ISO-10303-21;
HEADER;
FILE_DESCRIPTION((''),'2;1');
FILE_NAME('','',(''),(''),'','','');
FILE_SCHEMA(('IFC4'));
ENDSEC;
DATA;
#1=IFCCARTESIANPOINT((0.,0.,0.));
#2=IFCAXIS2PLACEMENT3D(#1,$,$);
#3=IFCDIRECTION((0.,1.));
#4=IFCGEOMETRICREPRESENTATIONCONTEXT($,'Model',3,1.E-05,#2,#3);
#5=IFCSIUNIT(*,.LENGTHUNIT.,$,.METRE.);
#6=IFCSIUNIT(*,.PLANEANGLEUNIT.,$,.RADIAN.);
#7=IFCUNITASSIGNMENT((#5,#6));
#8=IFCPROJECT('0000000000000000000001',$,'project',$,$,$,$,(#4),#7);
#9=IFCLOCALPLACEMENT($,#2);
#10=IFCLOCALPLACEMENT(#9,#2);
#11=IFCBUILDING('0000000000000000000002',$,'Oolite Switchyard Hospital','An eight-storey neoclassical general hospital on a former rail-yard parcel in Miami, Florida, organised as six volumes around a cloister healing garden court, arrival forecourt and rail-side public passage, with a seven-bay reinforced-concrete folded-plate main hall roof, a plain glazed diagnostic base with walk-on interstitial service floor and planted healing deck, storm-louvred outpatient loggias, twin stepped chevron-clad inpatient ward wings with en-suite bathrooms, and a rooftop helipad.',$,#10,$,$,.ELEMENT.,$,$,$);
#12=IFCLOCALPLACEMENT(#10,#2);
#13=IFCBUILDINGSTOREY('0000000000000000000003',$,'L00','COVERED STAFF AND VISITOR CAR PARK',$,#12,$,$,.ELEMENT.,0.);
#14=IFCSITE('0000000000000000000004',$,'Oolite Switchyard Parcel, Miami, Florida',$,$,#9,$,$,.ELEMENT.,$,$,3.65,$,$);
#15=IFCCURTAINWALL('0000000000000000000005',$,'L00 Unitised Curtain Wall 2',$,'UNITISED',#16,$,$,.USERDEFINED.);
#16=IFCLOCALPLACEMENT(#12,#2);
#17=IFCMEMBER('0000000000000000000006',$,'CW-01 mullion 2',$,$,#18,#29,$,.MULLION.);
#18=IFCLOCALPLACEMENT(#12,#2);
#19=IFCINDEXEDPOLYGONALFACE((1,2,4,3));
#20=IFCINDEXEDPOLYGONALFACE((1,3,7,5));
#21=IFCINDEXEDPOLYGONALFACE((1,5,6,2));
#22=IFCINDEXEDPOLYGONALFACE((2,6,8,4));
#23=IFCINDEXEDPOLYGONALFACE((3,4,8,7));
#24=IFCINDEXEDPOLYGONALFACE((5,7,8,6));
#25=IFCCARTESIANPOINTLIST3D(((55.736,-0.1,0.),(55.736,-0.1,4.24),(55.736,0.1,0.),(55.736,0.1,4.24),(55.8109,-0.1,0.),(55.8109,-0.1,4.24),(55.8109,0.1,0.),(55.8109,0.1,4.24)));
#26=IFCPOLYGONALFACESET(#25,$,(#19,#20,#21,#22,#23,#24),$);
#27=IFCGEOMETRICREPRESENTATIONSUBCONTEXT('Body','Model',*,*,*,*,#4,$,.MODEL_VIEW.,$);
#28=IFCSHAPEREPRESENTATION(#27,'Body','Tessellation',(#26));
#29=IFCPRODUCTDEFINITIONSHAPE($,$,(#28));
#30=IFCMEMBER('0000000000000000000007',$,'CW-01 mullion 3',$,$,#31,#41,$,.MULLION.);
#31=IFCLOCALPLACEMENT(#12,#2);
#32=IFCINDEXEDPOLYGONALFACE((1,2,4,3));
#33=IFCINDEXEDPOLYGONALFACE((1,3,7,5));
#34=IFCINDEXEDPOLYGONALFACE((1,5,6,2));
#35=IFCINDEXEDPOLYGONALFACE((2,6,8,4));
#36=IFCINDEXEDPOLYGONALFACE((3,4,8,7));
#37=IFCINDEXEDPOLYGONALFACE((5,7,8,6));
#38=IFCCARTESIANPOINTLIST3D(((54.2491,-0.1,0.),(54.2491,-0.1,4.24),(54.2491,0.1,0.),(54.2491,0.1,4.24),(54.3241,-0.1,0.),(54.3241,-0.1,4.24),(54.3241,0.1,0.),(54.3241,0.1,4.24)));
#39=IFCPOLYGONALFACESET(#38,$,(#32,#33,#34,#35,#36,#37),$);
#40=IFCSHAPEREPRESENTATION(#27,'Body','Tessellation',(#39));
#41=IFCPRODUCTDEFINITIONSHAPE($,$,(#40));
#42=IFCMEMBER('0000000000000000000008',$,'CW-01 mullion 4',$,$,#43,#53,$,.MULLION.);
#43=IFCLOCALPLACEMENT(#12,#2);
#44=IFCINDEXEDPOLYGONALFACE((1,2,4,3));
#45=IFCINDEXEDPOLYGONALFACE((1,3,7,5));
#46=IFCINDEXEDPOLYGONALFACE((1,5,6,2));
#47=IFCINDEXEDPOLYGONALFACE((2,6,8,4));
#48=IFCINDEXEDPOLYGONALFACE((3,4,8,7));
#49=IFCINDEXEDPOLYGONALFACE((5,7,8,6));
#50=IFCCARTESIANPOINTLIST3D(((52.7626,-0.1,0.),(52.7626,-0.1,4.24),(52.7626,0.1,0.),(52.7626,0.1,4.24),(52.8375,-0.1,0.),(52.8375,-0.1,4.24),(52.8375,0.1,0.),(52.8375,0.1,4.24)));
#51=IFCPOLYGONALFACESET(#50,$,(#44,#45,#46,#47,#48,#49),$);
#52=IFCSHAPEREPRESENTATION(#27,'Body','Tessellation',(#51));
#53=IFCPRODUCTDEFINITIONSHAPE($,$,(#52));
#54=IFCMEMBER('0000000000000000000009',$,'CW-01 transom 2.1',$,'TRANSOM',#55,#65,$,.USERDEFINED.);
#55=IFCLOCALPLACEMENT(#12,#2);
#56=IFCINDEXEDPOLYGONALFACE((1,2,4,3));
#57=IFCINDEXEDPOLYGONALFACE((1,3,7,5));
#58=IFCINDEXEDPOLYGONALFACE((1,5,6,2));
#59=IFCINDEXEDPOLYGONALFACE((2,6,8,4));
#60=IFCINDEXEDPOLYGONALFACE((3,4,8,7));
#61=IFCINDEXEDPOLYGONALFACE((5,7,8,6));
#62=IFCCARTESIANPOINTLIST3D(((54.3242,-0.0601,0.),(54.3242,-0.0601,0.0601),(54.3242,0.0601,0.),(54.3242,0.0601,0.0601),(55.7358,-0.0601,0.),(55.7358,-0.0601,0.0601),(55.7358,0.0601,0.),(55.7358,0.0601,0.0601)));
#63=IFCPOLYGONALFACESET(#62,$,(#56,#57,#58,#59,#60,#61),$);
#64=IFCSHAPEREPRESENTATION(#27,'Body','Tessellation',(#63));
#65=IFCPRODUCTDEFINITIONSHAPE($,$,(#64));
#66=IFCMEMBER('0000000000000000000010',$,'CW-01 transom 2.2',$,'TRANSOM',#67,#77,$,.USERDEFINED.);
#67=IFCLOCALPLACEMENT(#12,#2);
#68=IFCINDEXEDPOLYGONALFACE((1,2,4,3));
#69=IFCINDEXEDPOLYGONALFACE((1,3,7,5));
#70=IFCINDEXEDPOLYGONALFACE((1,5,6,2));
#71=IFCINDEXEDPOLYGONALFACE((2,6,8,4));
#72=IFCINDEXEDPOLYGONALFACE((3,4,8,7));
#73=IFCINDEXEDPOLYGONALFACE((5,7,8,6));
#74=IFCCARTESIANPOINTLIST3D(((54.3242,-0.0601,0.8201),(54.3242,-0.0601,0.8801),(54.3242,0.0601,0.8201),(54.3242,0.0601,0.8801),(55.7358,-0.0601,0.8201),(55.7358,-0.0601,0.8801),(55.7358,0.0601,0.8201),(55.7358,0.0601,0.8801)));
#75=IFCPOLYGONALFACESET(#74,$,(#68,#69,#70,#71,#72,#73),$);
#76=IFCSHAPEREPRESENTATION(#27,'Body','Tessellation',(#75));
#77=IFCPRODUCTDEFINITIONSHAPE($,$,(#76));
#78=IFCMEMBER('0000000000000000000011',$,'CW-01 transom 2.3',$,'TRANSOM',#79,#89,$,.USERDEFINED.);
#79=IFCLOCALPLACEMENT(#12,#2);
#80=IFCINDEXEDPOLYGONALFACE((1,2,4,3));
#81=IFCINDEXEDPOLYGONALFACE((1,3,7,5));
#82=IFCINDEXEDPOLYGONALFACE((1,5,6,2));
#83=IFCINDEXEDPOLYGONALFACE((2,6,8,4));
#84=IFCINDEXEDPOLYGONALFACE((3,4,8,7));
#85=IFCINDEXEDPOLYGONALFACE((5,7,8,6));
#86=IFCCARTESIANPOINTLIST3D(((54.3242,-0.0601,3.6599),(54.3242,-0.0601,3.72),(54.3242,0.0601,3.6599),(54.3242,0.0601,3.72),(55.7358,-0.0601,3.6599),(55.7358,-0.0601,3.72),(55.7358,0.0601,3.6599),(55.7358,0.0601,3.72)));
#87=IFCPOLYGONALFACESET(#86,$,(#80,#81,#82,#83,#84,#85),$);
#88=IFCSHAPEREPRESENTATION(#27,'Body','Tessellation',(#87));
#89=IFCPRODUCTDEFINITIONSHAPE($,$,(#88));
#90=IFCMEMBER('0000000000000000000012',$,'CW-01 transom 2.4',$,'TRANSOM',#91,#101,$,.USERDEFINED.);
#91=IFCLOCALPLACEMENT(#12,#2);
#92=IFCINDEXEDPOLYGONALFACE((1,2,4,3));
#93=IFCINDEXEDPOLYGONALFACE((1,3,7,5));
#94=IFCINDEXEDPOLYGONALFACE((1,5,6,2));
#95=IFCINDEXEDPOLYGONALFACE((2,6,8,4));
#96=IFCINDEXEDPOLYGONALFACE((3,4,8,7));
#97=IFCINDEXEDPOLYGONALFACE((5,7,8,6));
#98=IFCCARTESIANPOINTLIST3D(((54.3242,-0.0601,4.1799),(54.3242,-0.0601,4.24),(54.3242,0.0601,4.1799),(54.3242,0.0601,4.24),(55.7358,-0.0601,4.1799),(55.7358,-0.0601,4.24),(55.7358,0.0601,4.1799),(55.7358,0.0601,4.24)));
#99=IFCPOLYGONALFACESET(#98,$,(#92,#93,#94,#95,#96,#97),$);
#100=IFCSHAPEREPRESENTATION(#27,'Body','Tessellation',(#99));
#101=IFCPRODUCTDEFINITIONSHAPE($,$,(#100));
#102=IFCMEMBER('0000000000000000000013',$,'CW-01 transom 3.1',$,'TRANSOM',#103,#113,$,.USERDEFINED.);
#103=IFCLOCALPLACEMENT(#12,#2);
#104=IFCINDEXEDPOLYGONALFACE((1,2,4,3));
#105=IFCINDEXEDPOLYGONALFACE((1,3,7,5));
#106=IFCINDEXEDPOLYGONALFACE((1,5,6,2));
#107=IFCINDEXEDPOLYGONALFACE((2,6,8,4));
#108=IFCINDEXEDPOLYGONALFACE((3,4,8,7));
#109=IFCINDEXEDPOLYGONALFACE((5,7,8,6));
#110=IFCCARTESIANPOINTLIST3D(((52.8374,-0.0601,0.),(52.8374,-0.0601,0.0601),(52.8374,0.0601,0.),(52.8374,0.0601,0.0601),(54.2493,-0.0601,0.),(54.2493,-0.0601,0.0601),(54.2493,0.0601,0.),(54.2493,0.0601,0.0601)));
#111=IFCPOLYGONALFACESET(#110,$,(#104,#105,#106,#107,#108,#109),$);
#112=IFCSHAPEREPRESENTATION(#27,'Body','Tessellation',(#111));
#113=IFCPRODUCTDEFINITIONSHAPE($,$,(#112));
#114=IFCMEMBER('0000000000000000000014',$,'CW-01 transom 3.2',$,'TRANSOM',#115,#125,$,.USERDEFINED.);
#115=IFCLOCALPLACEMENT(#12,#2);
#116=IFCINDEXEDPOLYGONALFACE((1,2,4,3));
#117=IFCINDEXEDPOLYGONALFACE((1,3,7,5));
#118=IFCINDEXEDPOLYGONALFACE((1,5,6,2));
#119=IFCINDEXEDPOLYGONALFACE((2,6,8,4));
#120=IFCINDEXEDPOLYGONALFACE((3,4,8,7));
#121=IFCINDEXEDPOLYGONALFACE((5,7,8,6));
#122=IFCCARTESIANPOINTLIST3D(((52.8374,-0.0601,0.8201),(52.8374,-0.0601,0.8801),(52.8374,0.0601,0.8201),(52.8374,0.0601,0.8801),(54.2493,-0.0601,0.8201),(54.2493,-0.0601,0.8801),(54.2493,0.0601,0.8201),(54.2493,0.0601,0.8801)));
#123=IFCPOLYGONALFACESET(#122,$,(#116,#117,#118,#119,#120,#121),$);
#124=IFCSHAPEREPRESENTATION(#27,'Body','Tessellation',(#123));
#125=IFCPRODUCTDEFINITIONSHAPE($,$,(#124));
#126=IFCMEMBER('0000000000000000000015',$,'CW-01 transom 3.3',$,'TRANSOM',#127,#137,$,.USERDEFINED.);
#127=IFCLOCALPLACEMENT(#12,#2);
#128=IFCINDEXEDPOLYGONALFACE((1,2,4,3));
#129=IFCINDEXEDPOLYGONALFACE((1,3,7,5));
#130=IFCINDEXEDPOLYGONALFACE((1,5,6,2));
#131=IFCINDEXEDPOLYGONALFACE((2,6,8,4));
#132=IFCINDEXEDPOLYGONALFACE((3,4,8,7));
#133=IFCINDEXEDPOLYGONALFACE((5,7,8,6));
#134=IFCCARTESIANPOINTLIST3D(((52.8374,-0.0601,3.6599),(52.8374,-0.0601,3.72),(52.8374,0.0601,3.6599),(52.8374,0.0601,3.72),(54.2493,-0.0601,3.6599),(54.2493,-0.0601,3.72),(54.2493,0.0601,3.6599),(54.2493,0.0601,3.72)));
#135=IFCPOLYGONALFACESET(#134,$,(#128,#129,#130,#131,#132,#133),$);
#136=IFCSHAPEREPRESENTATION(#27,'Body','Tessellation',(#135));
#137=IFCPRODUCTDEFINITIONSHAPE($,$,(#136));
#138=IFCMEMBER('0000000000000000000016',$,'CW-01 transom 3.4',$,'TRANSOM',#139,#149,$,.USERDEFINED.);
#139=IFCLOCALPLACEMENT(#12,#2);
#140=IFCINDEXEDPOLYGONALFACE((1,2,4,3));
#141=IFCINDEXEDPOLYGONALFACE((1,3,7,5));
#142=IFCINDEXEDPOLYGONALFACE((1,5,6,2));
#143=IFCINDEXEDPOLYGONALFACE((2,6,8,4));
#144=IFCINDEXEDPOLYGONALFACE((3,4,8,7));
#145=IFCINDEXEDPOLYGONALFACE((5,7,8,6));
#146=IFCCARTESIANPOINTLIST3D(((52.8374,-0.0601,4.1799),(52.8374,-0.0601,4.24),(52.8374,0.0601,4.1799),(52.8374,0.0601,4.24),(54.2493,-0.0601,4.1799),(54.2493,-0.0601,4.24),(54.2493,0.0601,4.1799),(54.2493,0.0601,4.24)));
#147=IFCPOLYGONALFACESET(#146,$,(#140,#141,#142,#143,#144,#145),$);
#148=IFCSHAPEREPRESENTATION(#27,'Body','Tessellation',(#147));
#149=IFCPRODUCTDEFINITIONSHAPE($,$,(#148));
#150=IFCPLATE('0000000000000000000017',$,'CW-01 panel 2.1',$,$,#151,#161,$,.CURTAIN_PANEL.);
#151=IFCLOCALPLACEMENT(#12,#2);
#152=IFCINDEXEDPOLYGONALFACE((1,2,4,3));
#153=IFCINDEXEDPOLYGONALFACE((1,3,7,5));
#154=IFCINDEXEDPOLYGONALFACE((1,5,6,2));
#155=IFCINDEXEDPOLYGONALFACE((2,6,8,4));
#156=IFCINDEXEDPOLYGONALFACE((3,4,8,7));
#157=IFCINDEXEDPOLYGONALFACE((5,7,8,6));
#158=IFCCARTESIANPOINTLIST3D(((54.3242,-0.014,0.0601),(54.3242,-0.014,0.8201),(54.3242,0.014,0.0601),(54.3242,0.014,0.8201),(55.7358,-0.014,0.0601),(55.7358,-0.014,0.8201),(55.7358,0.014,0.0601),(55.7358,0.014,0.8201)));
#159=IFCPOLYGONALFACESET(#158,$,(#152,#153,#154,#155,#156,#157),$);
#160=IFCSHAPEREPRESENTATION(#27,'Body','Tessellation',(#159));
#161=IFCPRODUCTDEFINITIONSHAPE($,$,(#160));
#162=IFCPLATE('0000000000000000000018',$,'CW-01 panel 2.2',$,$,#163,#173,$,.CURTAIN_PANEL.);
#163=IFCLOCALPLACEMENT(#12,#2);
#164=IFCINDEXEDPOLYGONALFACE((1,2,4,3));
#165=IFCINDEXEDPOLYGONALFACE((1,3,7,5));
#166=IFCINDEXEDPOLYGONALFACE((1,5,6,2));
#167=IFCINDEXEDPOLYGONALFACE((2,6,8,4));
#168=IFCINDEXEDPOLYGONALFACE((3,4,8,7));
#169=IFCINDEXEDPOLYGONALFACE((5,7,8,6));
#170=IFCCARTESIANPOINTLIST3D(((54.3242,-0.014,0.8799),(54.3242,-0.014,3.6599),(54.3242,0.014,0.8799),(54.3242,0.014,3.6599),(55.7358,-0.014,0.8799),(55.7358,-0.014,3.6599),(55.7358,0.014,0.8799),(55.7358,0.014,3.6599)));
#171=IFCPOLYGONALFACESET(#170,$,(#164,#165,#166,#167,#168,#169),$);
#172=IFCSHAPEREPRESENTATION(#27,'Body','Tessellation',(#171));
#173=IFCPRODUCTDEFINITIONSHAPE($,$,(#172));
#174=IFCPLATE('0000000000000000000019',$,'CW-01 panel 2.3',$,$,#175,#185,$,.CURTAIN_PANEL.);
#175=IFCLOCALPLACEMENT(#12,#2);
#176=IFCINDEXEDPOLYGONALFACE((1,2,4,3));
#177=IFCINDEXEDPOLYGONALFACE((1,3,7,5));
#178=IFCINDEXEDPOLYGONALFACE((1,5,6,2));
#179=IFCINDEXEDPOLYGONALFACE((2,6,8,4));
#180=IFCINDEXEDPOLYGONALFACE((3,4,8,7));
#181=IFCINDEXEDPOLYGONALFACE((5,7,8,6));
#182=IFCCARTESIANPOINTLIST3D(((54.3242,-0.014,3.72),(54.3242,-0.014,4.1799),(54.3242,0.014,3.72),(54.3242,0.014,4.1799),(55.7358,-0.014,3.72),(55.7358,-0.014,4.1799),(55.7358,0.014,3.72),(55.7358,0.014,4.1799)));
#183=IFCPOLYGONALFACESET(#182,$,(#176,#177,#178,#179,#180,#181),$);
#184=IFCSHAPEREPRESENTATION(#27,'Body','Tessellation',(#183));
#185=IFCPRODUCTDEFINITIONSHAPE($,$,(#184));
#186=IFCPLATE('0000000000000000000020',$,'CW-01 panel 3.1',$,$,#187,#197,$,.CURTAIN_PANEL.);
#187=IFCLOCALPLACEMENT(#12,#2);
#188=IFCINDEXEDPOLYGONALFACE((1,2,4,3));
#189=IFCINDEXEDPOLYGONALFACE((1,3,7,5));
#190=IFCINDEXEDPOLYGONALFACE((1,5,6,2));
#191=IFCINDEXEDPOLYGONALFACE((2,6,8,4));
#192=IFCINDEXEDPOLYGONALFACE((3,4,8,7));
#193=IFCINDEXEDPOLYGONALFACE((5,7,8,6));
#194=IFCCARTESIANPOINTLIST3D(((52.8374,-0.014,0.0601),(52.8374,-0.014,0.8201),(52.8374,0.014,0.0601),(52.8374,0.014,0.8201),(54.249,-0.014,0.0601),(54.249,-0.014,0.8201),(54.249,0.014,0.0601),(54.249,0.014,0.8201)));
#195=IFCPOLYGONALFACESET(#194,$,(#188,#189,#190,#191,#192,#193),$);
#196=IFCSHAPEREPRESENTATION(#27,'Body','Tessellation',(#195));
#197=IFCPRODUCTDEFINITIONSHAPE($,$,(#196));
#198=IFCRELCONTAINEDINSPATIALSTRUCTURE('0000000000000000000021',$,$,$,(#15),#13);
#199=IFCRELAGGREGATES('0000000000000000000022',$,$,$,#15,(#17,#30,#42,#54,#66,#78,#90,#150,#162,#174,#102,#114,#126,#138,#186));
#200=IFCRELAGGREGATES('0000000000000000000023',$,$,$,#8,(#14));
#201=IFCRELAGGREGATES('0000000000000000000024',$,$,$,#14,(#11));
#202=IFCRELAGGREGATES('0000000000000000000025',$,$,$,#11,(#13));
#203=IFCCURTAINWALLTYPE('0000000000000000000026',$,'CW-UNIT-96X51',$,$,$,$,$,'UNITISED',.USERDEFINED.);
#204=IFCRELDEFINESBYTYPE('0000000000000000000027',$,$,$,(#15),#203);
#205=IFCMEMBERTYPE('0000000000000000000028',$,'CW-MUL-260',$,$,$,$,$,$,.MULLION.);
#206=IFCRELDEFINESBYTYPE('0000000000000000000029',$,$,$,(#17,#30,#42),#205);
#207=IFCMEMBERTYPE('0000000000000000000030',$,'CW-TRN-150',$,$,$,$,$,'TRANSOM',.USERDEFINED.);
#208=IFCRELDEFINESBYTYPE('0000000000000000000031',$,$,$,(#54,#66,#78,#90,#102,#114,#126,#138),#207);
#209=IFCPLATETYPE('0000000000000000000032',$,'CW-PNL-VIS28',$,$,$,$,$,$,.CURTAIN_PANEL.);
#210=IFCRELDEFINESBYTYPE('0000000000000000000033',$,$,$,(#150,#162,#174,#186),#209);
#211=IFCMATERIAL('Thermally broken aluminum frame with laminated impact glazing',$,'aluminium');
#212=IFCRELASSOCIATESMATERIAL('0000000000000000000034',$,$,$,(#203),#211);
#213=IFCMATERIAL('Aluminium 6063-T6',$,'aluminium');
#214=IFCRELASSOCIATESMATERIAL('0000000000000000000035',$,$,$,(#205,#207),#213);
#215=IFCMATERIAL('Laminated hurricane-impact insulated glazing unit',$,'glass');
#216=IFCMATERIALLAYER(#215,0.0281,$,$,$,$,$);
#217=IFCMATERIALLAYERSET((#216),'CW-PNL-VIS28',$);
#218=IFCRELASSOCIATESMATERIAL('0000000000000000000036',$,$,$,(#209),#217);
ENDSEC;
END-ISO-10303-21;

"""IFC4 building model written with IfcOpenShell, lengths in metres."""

from ifc_helpers import new_model, si_unit, direction, frame, origin, origin_2d, place, context, subcontext, project, spatial, rectangle, extrude, material, layer, layer_set, material_profile, profile_set, type_object, element, aggregate, save


model = new_model("IFC4")

# Units and contexts
model_context = context("Model", 3, precision=1e-05, world=origin(), true_north=direction((0.0, 1.0)))
body_context = subcontext(model_context, "Body", "Model", "MODEL_VIEW")
ifc_project = project(units=[si_unit("LENGTHUNIT", "METRE"), si_unit("PLANEANGLEUNIT", "RADIAN")], contexts=[model_context])

# Site, building, storey
site_placement = place(None, origin())
site = spatial("IfcSite", under=ifc_project, at=site_placement, Name="Oolite Switchyard Parcel, Miami, Florida", CompositionType="ELEMENT", RefElevation=3.65)
building_placement = place(site_placement, origin())
building = spatial("IfcBuilding", under=site, at=building_placement, Name="Oolite Switchyard Hospital", Description="An eight-storey neoclassical general hospital on a former rail-yard parcel in Miami, Florida, organised as six volumes around a cloister healing garden court, arrival forecourt and rail-side public passage, with a seven-bay reinforced-concrete folded-plate main hall roof, a plain glazed diagnostic base with walk-on interstitial service floor and planted healing deck, storm-louvred outpatient loggias, twin stepped chevron-clad inpatient ward wings with en-suite bathrooms, and a rooftop helipad.", CompositionType="ELEMENT")
storey_placement = place(building_placement, origin())
storey = spatial("IfcBuildingStorey", under=building, at=storey_placement, Name="L00", Description="COVERED STAFF AND VISITOR CAR PARK", CompositionType="ELEMENT", Elevation=0.0)

# Curtain wall, members, plates
ifc_material_1 = material(Name="Thermally broken aluminum frame with laminated impact glazing", Category="aluminium")
curtain_wall_type = type_object("IfcCurtainWallType", Name="CW-UNIT-96X51", ElementType="UNITISED", PredefinedType="USERDEFINED", material=ifc_material_1)
curtain_wall_placement = place(storey_placement, origin())
curtain_wall = element("IfcCurtainWall", 1, at=curtain_wall_placement, inside=storey, type_object=curtain_wall_type, Name="L00 Unitised Curtain Wall 2", ObjectType="UNITISED", PredefinedType="USERDEFINED")
ifc_material_2 = material(Name="Aluminium 6063-T6", Category="aluminium")
ifc_material_profile_1 = material_profile(ifc_material_2, rectangle(XDim=0.2, YDim=0.075, at=origin_2d()), Name="CWM75X200")
ifc_profile_set_1 = profile_set([ifc_material_profile_1], Name="Aluminium 6063-T6")
member_type_1 = type_object("IfcMemberType", Name="CW-MUL-260", PredefinedType="MULLION", material=ifc_profile_set_1)
member_1_placement = place(storey_placement, frame((55.7734, 0.0, 0.0), z_axis=(0.0, 0.0, 1.0), x_axis=(0.0, -1.0, 0.0)))
member_1 = element("IfcMember", 2, at=member_1_placement, type_object=member_type_1, Name="CW-01 mullion 2", PredefinedType="MULLION", context=body_context, shape_type="SweptSolid", body=[
    extrude(rectangle(XDim=0.2, YDim=0.075, at=origin_2d()), origin(), (0.0, 0.0, 1.0), 4.24),
])
member_2_placement = place(storey_placement, frame((54.2866, 0.0, 0.0), z_axis=(0.0, 0.0, 1.0), x_axis=(0.0, -1.0, 0.0)))
member_2 = element("IfcMember", 3, at=member_2_placement, type_object=member_type_1, Name="CW-01 mullion 3", PredefinedType="MULLION", context=body_context, shape_type="SweptSolid", body=[
    extrude(rectangle(XDim=0.2, YDim=0.075, at=origin_2d()), origin(), (0.0, 0.0, 1.0), 4.24),
])
member_3_placement = place(storey_placement, frame((52.8, 0.0, 0.0), z_axis=(0.0, 0.0, 1.0), x_axis=(0.0, -1.0, 0.0)))
member_3 = element("IfcMember", 4, at=member_3_placement, type_object=member_type_1, Name="CW-01 mullion 4", PredefinedType="MULLION", context=body_context, shape_type="SweptSolid", body=[
    extrude(rectangle(XDim=0.2, YDim=0.075, at=origin_2d()), origin(), (0.0, 0.0, 1.0), 4.24),
])
ifc_material_profile_2 = material_profile(ifc_material_2, rectangle(XDim=0.1201, YDim=0.0601, at=origin_2d()), Name="CWT60X120")
ifc_profile_set_2 = profile_set([ifc_material_profile_2], Name="Aluminium 6063-T6")
member_type_2 = type_object("IfcMemberType", Name="CW-TRN-150", ElementType="TRANSOM", PredefinedType="USERDEFINED", material=ifc_profile_set_2)
member_4_placement = place(storey_placement, frame((55.7358, 0.0, 0.03), z_axis=(-1.0, 0.0, 0.0), x_axis=(0.0, -1.0, 0.0)))
member_4 = element("IfcMember", 5, at=member_4_placement, type_object=member_type_2, Name="CW-01 transom 2.1", ObjectType="TRANSOM", PredefinedType="USERDEFINED", context=body_context, shape_type="SweptSolid", body=[
    extrude(rectangle(XDim=0.1201, YDim=0.0601, at=origin_2d()), origin(), (0.0, 0.0, 1.0), 1.4116),
])
member_5_placement = place(storey_placement, frame((55.7358, 0.0, 0.8501), z_axis=(-1.0, 0.0, 0.0), x_axis=(0.0, -1.0, 0.0)))
member_5 = element("IfcMember", 6, at=member_5_placement, type_object=member_type_2, Name="CW-01 transom 2.2", ObjectType="TRANSOM", PredefinedType="USERDEFINED", context=body_context, shape_type="SweptSolid", body=[
    extrude(rectangle(XDim=0.1201, YDim=0.0601, at=origin_2d()), origin(), (0.0, 0.0, 1.0), 1.4116),
])
member_6_placement = place(storey_placement, frame((55.7358, 0.0, 3.6899), z_axis=(-1.0, 0.0, 0.0), x_axis=(0.0, -1.0, 0.0)))
member_6 = element("IfcMember", 7, at=member_6_placement, type_object=member_type_2, Name="CW-01 transom 2.3", ObjectType="TRANSOM", PredefinedType="USERDEFINED", context=body_context, shape_type="SweptSolid", body=[
    extrude(rectangle(XDim=0.1201, YDim=0.0601, at=origin_2d()), origin(), (0.0, 0.0, 1.0), 1.4116),
])
member_7_placement = place(storey_placement, frame((55.7358, 0.0, 4.21), z_axis=(-1.0, 0.0, 0.0), x_axis=(0.0, -1.0, 0.0)))
member_7 = element("IfcMember", 8, at=member_7_placement, type_object=member_type_2, Name="CW-01 transom 2.4", ObjectType="TRANSOM", PredefinedType="USERDEFINED", context=body_context, shape_type="SweptSolid", body=[
    extrude(rectangle(XDim=0.1201, YDim=0.0601, at=origin_2d()), origin(), (0.0, 0.0, 1.0), 1.4116),
])
member_8_placement = place(storey_placement, frame((54.2493, 0.0, 0.03), z_axis=(-1.0, 0.0, 0.0), x_axis=(0.0, -1.0, 0.0)))
member_8 = element("IfcMember", 9, at=member_8_placement, type_object=member_type_2, Name="CW-01 transom 3.1", ObjectType="TRANSOM", PredefinedType="USERDEFINED", context=body_context, shape_type="SweptSolid", body=[
    extrude(rectangle(XDim=0.1201, YDim=0.0601, at=origin_2d()), origin(), (0.0, 0.0, 1.0), 1.4119),
])
member_9_placement = place(storey_placement, frame((54.2493, 0.0, 0.8501), z_axis=(-1.0, 0.0, 0.0), x_axis=(0.0, -1.0, 0.0)))
member_9 = element("IfcMember", 10, at=member_9_placement, type_object=member_type_2, Name="CW-01 transom 3.2", ObjectType="TRANSOM", PredefinedType="USERDEFINED", context=body_context, shape_type="SweptSolid", body=[
    extrude(rectangle(XDim=0.1201, YDim=0.0601, at=origin_2d()), origin(), (0.0, 0.0, 1.0), 1.4119),
])
member_10_placement = place(storey_placement, frame((54.2493, 0.0, 3.6899), z_axis=(-1.0, 0.0, 0.0), x_axis=(0.0, -1.0, 0.0)))
member_10 = element("IfcMember", 11, at=member_10_placement, type_object=member_type_2, Name="CW-01 transom 3.3", ObjectType="TRANSOM", PredefinedType="USERDEFINED", context=body_context, shape_type="SweptSolid", body=[
    extrude(rectangle(XDim=0.1201, YDim=0.0601, at=origin_2d()), origin(), (0.0, 0.0, 1.0), 1.4119),
])
member_11_placement = place(storey_placement, frame((54.2493, 0.0, 4.21), z_axis=(-1.0, 0.0, 0.0), x_axis=(0.0, -1.0, 0.0)))
member_11 = element("IfcMember", 12, at=member_11_placement, type_object=member_type_2, Name="CW-01 transom 3.4", ObjectType="TRANSOM", PredefinedType="USERDEFINED", context=body_context, shape_type="SweptSolid", body=[
    extrude(rectangle(XDim=0.1201, YDim=0.0601, at=origin_2d()), origin(), (0.0, 0.0, 1.0), 1.4119),
])
ifc_material_3 = material(Name="Laminated hurricane-impact insulated glazing unit", Category="glass")
ifc_layer_1 = layer(ifc_material_3, 0.0281)
ifc_layer_set_1 = layer_set([ifc_layer_1], Name="CW-PNL-VIS28")
plate_type = type_object("IfcPlateType", Name="CW-PNL-VIS28", PredefinedType="CURTAIN_PANEL", material=ifc_layer_set_1)
plate_1_placement = place(storey_placement, frame((55.03, 0.0, 0.0601), z_axis=(0.0, 0.0, 1.0), x_axis=(-1.0, 0.0, 0.0)))
plate_1 = element("IfcPlate", 13, at=plate_1_placement, type_object=plate_type, Name="CW-01 panel 2.1", PredefinedType="CURTAIN_PANEL", context=body_context, shape_type="SweptSolid", body=[
    extrude(rectangle(XDim=1.4116, YDim=0.0281, at=origin_2d()), origin(), (0.0, 0.0, 1.0), 0.76),
])
plate_2_placement = place(storey_placement, frame((55.03, 0.0, 0.8799), z_axis=(0.0, 0.0, 1.0), x_axis=(-1.0, 0.0, 0.0)))
plate_2 = element("IfcPlate", 14, at=plate_2_placement, type_object=plate_type, Name="CW-01 panel 2.2", PredefinedType="CURTAIN_PANEL", context=body_context, shape_type="SweptSolid", body=[
    extrude(rectangle(XDim=1.4116, YDim=0.0281, at=origin_2d()), origin(), (0.0, 0.0, 1.0), 2.78),
])
plate_3_placement = place(storey_placement, frame((55.03, 0.0, 3.72), z_axis=(0.0, 0.0, 1.0), x_axis=(-1.0, 0.0, 0.0)))
plate_3 = element("IfcPlate", 15, at=plate_3_placement, type_object=plate_type, Name="CW-01 panel 2.3", PredefinedType="CURTAIN_PANEL", context=body_context, shape_type="SweptSolid", body=[
    extrude(rectangle(XDim=1.4116, YDim=0.0281, at=origin_2d()), origin(), (0.0, 0.0, 1.0), 0.46),
])
plate_4_placement = place(storey_placement, frame((53.5432, 0.0, 0.0601), z_axis=(0.0, 0.0, 1.0), x_axis=(-1.0, 0.0, 0.0)))
plate_4 = element("IfcPlate", 16, at=plate_4_placement, type_object=plate_type, Name="CW-01 panel 3.1", PredefinedType="CURTAIN_PANEL", context=body_context, shape_type="SweptSolid", body=[
    extrude(rectangle(XDim=1.4116, YDim=0.0281, at=origin_2d()), origin(), (0.0, 0.0, 1.0), 0.76),
])
aggregate(curtain_wall, [member_1, member_2, member_3, member_4, member_5, member_6, member_7, plate_1, plate_2, plate_3, member_8, member_9, member_10, member_11, plate_4])

save(model, "model.ifc")
